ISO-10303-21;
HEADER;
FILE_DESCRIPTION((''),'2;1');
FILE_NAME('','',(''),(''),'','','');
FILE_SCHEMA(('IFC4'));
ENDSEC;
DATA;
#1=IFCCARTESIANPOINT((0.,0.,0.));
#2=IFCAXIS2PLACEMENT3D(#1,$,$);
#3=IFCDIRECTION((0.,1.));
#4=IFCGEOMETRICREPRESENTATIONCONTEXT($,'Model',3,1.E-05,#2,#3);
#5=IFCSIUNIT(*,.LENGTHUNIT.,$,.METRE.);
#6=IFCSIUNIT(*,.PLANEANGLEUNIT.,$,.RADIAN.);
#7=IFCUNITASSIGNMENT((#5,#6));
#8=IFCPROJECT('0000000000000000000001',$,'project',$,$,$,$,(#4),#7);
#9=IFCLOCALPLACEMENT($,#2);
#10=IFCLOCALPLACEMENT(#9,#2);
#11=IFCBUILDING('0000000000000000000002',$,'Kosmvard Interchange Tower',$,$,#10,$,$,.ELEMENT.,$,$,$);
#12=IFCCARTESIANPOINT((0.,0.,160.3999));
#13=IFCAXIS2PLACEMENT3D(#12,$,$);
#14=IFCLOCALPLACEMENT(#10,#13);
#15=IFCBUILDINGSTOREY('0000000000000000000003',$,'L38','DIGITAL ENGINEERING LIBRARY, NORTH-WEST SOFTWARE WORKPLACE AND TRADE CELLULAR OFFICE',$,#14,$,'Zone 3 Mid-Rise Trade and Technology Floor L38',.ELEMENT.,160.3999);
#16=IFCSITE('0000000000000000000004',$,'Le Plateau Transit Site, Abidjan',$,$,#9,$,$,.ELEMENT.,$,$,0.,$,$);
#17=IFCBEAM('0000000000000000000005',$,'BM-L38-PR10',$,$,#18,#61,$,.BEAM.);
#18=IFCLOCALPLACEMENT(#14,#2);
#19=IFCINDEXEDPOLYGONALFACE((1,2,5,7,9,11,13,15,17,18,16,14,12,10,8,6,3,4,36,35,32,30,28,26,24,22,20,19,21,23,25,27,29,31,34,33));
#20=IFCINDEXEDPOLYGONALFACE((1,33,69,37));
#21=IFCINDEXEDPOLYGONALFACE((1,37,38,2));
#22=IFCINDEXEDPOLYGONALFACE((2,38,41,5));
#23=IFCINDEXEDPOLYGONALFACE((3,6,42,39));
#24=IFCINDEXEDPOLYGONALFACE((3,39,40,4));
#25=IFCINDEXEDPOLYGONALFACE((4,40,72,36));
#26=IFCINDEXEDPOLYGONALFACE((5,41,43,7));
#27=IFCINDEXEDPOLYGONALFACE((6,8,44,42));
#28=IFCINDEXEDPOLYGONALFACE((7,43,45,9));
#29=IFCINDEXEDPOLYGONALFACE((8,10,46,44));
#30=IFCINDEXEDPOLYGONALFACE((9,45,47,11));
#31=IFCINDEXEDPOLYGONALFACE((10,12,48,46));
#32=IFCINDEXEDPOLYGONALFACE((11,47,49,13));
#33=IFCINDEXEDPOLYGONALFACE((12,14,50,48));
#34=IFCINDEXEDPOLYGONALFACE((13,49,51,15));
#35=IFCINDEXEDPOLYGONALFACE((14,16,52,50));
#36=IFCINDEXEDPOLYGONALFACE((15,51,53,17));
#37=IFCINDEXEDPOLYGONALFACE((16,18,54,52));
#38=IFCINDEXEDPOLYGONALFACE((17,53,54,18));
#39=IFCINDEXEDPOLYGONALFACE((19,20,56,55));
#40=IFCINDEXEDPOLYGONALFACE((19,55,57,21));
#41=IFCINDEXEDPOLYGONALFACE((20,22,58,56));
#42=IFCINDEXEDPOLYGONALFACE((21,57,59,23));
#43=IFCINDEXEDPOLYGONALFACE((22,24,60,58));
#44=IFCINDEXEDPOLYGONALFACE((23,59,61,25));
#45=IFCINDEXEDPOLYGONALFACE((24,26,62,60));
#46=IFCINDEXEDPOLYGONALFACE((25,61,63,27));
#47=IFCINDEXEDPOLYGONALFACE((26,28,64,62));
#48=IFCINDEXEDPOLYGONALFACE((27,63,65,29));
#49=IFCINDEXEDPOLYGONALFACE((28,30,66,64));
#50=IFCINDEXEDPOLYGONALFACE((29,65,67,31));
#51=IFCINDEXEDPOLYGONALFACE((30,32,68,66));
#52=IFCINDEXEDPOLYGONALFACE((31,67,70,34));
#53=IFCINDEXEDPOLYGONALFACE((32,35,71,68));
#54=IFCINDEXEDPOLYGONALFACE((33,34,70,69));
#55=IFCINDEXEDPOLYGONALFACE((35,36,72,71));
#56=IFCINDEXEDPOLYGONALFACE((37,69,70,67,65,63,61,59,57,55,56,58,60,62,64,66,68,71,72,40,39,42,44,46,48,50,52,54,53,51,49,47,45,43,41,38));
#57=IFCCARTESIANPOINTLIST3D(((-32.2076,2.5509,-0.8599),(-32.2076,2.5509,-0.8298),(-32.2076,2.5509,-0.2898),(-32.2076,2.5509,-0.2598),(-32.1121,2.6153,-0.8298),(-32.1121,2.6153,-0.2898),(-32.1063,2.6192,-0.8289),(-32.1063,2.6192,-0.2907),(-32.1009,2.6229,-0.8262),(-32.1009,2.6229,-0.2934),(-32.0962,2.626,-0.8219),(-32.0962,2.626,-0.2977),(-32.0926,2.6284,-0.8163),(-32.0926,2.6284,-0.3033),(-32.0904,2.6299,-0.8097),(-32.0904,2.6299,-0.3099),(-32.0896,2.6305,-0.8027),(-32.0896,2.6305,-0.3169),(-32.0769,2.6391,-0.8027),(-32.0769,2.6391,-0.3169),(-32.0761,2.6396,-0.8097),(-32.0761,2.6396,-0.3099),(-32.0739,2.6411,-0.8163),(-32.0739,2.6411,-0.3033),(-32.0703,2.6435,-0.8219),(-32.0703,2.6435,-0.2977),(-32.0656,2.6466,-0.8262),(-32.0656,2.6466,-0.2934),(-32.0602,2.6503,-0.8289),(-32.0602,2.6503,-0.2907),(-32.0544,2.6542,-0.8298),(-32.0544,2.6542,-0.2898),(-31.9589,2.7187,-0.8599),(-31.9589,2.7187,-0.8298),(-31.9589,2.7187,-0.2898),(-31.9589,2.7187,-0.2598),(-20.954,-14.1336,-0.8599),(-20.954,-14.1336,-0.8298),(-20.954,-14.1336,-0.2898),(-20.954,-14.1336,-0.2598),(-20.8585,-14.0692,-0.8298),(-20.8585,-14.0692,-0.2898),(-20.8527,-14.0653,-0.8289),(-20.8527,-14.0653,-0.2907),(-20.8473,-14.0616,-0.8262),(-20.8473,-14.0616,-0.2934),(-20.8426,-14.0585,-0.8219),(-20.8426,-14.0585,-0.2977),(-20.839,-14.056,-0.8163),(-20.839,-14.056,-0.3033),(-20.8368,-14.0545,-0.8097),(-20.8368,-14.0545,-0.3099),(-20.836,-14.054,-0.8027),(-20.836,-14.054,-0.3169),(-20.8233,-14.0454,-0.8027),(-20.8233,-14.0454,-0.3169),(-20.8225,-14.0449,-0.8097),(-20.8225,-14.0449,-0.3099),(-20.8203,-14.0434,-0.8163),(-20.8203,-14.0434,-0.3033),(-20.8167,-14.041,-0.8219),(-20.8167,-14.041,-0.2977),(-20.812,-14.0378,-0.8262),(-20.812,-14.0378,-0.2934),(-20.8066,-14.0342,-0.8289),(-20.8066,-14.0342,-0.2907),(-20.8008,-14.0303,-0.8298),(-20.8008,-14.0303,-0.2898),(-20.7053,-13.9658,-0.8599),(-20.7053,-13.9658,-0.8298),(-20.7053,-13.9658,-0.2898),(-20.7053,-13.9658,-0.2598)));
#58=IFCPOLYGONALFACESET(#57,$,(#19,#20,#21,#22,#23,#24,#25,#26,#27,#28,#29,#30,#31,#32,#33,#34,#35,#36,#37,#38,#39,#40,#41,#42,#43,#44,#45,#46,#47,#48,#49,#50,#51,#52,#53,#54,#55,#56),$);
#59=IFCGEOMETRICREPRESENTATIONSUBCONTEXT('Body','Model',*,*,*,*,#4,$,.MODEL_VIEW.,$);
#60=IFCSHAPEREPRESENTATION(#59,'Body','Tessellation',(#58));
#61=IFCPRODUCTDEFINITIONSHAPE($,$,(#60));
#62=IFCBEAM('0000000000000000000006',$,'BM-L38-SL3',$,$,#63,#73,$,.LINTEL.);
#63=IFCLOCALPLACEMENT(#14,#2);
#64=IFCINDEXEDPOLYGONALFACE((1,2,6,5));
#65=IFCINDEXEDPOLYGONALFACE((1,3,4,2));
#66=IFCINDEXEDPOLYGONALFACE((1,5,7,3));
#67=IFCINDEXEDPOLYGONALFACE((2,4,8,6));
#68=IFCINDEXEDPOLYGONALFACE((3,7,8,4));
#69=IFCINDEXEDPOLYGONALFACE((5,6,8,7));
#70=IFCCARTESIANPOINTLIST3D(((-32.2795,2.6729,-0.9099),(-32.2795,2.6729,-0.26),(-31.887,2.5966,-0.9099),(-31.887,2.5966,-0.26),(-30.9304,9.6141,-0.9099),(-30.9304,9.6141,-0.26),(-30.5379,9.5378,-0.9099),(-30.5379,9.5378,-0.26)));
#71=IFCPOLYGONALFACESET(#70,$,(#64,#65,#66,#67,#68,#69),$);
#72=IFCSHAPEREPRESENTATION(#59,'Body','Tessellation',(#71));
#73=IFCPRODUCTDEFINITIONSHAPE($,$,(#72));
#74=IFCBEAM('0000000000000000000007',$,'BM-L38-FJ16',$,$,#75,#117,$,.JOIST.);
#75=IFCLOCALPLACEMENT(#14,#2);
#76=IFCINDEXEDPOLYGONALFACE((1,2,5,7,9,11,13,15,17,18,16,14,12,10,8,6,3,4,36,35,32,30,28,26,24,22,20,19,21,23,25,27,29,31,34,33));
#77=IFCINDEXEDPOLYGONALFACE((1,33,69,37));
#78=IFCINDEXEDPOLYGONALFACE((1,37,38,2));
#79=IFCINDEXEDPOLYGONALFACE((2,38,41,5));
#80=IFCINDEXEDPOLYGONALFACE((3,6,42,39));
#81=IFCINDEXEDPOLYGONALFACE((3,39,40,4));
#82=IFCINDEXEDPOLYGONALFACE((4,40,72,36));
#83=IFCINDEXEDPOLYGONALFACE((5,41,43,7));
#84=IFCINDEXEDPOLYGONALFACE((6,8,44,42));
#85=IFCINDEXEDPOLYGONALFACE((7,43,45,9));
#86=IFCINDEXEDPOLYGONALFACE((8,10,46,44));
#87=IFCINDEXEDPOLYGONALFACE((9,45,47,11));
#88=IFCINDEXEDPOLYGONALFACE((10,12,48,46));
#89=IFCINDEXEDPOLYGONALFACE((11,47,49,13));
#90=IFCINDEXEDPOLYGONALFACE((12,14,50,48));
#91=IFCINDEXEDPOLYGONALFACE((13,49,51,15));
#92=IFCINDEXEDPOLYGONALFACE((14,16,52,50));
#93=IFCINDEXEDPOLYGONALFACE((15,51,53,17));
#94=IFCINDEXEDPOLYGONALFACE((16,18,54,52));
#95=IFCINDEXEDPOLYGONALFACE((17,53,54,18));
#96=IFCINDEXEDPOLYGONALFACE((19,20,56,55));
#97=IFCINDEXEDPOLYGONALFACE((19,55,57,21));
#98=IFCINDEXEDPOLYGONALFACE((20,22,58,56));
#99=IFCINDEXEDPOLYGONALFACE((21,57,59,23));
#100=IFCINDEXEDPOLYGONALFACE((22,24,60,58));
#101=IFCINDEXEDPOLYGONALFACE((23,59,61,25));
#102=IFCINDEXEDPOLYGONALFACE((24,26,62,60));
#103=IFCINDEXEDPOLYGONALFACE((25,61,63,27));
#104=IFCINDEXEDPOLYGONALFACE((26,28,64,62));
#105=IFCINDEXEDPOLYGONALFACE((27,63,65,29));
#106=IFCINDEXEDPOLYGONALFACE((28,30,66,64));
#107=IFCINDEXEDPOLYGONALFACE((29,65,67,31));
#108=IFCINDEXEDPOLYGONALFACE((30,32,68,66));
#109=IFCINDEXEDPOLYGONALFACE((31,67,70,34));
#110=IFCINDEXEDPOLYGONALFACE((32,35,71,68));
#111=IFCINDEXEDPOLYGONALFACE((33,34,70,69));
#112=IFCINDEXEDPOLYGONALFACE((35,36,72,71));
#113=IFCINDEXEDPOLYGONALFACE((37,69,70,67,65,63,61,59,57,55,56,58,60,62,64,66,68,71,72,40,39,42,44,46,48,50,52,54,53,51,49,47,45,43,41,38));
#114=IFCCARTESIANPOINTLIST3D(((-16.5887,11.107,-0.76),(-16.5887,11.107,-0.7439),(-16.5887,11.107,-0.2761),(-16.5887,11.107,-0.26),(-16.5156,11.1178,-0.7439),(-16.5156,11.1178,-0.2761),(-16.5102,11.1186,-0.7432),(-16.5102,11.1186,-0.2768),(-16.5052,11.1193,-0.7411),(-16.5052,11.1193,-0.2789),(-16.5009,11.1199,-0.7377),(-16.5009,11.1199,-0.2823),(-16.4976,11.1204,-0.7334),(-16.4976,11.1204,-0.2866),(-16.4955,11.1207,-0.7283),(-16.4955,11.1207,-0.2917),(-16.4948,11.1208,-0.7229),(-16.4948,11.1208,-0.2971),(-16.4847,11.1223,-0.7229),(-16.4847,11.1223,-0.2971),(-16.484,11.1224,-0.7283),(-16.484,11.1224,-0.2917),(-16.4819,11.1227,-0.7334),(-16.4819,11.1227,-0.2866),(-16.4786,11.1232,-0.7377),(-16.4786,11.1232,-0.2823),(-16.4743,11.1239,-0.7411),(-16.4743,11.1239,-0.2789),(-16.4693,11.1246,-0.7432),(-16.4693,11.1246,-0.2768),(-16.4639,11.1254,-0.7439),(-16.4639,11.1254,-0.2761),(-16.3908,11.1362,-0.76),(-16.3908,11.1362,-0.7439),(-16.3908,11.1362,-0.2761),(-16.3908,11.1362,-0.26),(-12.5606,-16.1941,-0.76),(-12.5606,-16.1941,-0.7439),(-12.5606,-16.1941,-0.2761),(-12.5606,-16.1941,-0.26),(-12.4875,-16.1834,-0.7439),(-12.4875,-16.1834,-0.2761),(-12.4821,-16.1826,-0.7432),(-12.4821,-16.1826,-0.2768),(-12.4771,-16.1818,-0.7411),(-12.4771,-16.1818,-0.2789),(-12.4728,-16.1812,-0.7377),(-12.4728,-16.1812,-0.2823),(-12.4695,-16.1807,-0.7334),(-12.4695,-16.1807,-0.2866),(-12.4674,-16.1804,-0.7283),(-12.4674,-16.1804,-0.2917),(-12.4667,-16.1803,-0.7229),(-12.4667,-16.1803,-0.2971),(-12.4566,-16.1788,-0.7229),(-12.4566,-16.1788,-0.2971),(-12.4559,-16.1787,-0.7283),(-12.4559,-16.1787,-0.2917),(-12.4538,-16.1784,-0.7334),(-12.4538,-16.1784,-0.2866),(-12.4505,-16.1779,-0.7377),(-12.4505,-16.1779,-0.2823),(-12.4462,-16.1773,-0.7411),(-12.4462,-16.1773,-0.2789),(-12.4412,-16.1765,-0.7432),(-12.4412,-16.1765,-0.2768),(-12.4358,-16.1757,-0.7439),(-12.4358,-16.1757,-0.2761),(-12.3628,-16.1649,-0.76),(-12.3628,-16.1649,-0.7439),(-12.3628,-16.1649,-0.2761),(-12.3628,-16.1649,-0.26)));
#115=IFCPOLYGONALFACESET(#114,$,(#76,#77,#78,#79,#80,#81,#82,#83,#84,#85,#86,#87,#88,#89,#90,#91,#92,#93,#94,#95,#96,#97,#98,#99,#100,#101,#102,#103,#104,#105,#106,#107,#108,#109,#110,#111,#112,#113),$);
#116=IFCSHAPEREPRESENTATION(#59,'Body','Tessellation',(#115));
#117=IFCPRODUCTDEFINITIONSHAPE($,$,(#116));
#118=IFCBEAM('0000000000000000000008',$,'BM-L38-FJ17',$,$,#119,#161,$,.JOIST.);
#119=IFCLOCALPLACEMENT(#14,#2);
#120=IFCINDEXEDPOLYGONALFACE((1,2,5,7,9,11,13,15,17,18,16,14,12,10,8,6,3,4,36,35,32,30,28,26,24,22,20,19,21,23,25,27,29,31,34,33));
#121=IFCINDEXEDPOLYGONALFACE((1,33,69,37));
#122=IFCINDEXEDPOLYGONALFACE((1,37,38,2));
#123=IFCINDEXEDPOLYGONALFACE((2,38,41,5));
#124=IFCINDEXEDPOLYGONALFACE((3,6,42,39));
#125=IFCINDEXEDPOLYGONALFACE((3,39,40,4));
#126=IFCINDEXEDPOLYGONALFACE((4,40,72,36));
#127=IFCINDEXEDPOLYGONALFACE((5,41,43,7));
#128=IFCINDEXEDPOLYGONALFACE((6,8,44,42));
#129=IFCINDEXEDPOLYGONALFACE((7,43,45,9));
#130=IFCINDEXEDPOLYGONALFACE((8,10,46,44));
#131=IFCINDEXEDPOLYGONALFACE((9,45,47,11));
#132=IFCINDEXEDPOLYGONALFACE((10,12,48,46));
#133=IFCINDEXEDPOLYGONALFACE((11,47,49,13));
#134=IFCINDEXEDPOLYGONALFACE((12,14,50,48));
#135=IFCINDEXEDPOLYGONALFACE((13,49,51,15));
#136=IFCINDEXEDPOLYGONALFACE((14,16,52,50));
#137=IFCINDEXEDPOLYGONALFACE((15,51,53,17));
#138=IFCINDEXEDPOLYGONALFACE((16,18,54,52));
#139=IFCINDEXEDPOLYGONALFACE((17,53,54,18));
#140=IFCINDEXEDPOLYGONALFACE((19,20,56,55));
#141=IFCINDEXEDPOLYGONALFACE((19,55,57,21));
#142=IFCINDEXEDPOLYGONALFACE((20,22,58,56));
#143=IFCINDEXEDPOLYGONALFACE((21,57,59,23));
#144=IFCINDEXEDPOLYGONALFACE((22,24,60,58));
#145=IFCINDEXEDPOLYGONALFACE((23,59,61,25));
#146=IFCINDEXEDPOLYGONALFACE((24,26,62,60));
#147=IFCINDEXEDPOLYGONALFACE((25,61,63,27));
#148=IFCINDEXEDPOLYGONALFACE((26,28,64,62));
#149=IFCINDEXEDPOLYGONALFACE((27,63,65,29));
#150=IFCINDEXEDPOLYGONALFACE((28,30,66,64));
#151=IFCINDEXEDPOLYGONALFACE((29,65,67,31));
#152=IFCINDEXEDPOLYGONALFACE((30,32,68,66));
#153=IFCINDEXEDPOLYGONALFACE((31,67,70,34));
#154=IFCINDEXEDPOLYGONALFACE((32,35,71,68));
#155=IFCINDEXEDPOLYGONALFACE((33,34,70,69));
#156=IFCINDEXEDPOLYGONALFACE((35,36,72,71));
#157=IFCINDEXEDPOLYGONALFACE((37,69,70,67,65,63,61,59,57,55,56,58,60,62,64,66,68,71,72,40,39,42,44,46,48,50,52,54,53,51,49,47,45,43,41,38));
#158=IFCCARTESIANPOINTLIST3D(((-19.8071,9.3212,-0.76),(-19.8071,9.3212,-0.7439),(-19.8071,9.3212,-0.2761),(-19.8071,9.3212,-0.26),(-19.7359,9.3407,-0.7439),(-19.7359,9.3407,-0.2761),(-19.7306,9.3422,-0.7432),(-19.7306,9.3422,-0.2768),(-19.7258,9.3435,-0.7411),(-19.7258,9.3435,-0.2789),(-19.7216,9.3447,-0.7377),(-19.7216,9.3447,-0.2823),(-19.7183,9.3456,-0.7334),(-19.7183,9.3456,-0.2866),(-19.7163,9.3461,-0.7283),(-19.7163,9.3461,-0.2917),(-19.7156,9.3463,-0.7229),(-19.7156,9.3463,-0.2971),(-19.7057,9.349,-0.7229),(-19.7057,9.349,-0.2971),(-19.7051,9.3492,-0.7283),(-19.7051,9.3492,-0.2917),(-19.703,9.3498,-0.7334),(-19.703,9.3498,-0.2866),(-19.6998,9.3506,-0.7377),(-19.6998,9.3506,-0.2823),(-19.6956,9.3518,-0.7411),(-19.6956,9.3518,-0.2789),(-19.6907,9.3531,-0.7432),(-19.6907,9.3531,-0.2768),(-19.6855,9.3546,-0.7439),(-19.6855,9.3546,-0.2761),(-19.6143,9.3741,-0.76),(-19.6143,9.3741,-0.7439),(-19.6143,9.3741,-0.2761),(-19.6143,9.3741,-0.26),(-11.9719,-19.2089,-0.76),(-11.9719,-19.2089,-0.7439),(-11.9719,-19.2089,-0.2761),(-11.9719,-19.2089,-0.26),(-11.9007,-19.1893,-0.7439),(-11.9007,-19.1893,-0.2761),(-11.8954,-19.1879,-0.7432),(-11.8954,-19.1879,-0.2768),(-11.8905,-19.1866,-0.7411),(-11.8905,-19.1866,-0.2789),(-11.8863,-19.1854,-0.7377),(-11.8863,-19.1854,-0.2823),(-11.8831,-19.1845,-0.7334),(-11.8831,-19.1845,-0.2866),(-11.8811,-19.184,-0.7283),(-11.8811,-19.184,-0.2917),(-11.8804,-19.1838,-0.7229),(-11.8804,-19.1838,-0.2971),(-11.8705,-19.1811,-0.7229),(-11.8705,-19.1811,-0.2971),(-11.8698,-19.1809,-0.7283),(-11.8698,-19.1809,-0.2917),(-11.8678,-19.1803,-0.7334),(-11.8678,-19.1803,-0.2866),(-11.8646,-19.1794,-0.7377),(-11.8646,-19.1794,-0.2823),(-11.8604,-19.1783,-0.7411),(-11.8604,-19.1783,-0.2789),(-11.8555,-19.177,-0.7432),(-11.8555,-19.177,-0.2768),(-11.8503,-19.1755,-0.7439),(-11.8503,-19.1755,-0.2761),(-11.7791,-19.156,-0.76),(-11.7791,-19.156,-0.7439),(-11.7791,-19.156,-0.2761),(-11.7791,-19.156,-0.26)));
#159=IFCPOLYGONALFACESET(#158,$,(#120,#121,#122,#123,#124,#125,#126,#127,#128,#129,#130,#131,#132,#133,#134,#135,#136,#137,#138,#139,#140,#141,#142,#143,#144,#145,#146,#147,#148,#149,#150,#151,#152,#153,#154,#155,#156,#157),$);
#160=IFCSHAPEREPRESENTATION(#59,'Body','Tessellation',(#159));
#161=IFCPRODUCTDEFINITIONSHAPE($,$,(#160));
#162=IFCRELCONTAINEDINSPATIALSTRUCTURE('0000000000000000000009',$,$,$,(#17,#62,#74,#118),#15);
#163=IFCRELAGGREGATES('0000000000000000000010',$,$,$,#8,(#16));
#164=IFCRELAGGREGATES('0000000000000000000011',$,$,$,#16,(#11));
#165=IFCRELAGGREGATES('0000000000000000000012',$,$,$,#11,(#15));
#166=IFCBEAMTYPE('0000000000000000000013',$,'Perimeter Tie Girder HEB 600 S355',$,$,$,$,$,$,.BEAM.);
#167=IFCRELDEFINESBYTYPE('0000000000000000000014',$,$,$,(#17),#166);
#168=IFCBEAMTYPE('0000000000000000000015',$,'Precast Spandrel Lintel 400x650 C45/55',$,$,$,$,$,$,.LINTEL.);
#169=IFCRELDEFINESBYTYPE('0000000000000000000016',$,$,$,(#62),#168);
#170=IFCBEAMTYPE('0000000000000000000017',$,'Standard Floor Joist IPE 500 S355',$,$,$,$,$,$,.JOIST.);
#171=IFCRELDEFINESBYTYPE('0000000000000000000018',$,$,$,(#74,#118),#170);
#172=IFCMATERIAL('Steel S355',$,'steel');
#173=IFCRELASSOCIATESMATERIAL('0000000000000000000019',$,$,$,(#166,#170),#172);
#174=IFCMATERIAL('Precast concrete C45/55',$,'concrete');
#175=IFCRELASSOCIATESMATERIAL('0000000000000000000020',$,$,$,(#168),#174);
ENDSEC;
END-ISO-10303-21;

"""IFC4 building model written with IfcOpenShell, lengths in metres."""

from ifc_helpers import new_model, si_unit, direction, frame, origin, origin_2d, place, context, subcontext, project, spatial, rectangle, i_section, extrude, source, transform, mapped, material, material_profile, profile_set, type_object, element, save


model = new_model("IFC4")

# Units and contexts
model_context = context("Model", 3, precision=1e-05, world=origin(), true_north=direction((0.0, 1.0)))
body_context = subcontext(model_context, "Body", "Model", "MODEL_VIEW")
ifc_project = project(units=[si_unit("LENGTHUNIT", "METRE"), si_unit("PLANEANGLEUNIT", "RADIAN")], contexts=[model_context])

# Site, building, storey
site_placement = place(None, origin())
site = spatial("IfcSite", under=ifc_project, at=site_placement, Name="Le Plateau Transit Site, Abidjan", CompositionType="ELEMENT", RefElevation=0.0)
building_placement = place(site_placement, origin())
building = spatial("IfcBuilding", under=site, at=building_placement, Name="Kosmvard Interchange Tower", CompositionType="ELEMENT")
storey_placement = place(building_placement, frame((0.0, 0.0, 160.3999)))
storey = spatial("IfcBuildingStorey", under=building, at=storey_placement, Name="L38", Description="DIGITAL ENGINEERING LIBRARY, NORTH-WEST SOFTWARE WORKPLACE AND TRADE CELLULAR OFFICE", LongName="Zone 3 Mid-Rise Trade and Technology Floor L38", CompositionType="ELEMENT", Elevation=160.3999)

# Beams
ifc_material_1 = material(Name="Steel S355", Category="steel")
ifc_material_profile_1 = material_profile(ifc_material_1, i_section(OverallWidth=0.3, OverallDepth=0.6001, WebThickness=0.0154, FlangeThickness=0.03, FilletRadius=0.0271, at=origin_2d()), Name="HEB 600")
ifc_profile_set_1 = profile_set([ifc_material_profile_1], Name="Steel S355")
beam_type_1 = type_object("IfcBeamType", Name="Perimeter Tie Girder HEB 600 S355", PredefinedType="BEAM", material=ifc_profile_set_1)
shared_shape_1 = source(origin(), body_context, "Body", "SweptSolid", [
    extrude(i_section(OverallWidth=0.3, OverallDepth=0.6001, WebThickness=0.0154, FlangeThickness=0.03, FilletRadius=0.0271, at=origin_2d()), origin(), (0.0, 0.0, 1.0), 20.125),
])
for number, where, z_axis, x_axis, name in (
    (1, (-32.0833, 2.6348, -0.5598), (0.559185, -0.829043, 0.0), (0.829043, 0.559185, 0.0), "BM-L38-PR10"),
):
    element("IfcBeam", number, at=place(storey_placement, frame(where, z_axis=z_axis, x_axis=x_axis)), inside=storey, type_object=beam_type_1, Name=name, PredefinedType="BEAM", context=body_context, shape_type="MappedRepresentation", body=[
        mapped(shared_shape_1, transform((0.0, 0.0, 0.0), scale=1.0)),
    ])
ifc_material_2 = material(Name="Precast concrete C45/55", Category="concrete")
ifc_material_profile_2 = material_profile(ifc_material_2, rectangle(XDim=0.3999, YDim=0.6499, at=origin_2d()), Name="SL 400x650")
ifc_profile_set_2 = profile_set([ifc_material_profile_2], Name="Precast concrete C45/55")
beam_type_2 = type_object("IfcBeamType", Name="Precast Spandrel Lintel 400x650 C45/55", PredefinedType="LINTEL", material=ifc_profile_set_2)
shared_shape_2 = source(origin(), body_context, "Body", "SweptSolid", [
    extrude(rectangle(XDim=0.3999, YDim=0.6499, at=origin_2d()), origin(), (0.0, 0.0, 1.0), 7.071),
])
beam_1_placement = place(storey_placement, frame((-30.7341, 9.5759, -0.585), z_axis=(-0.190795, -0.98163, 0.0), x_axis=(0.98163, -0.190795, 0.0)))
element("IfcBeam", 2, at=beam_1_placement, inside=storey, type_object=beam_type_2, Name="BM-L38-SL3", PredefinedType="LINTEL", context=body_context, shape_type="MappedRepresentation", body=[
    mapped(shared_shape_2, transform((0.0, 0.0, 0.0), scale=1.0)),
])
ifc_material_profile_3 = material_profile(ifc_material_1, i_section(OverallWidth=0.2, OverallDepth=0.5, WebThickness=0.0103, FlangeThickness=0.0161, FilletRadius=0.021, at=origin_2d()), Name="IPE 500")
ifc_profile_set_3 = profile_set([ifc_material_profile_3], Name="Steel S355")
beam_type_3 = type_object("IfcBeamType", Name="Standard Floor Joist IPE 500 S355", PredefinedType="JOIST", material=ifc_profile_set_3)
shared_shape_3 = source(origin(), body_context, "Body", "SweptSolid", [
    extrude(i_section(OverallWidth=0.2, OverallDepth=0.5, WebThickness=0.0103, FlangeThickness=0.0161, FilletRadius=0.021, at=origin_2d()), origin(), (0.0, 0.0, 1.0), 27.5967),
])
beam_2_placement = place(storey_placement, frame((-16.4897, 11.1216, -0.51), z_axis=(0.145963, -0.98929, 0.0), x_axis=(0.98929, 0.145963, 0.0)))
element("IfcBeam", 3, at=beam_2_placement, inside=storey, type_object=beam_type_3, Name="BM-L38-FJ16", PredefinedType="JOIST", context=body_context, shape_type="MappedRepresentation", body=[
    mapped(shared_shape_3, transform((0.0, 0.0, 0.0), scale=1.0)),
])
shared_shape_4 = source(origin(), body_context, "Body", "SweptSolid", [
    extrude(i_section(OverallWidth=0.2, OverallDepth=0.5, WebThickness=0.0103, FlangeThickness=0.0161, FilletRadius=0.021, at=origin_2d()), origin(), (0.0, 0.0, 1.0), 29.5864),
])
beam_3_placement = place(storey_placement, frame((-19.7107, 9.3477, -0.51), z_axis=(0.264825, -0.964297, 0.0), x_axis=(0.964297, 0.264825, 0.0)))
element("IfcBeam", 4, at=beam_3_placement, inside=storey, type_object=beam_type_3, Name="BM-L38-FJ17", PredefinedType="JOIST", context=body_context, shape_type="MappedRepresentation", body=[
    mapped(shared_shape_4, transform((0.0, 0.0, 0.0), scale=1.0)),
])

save(model, "model.ifc")
